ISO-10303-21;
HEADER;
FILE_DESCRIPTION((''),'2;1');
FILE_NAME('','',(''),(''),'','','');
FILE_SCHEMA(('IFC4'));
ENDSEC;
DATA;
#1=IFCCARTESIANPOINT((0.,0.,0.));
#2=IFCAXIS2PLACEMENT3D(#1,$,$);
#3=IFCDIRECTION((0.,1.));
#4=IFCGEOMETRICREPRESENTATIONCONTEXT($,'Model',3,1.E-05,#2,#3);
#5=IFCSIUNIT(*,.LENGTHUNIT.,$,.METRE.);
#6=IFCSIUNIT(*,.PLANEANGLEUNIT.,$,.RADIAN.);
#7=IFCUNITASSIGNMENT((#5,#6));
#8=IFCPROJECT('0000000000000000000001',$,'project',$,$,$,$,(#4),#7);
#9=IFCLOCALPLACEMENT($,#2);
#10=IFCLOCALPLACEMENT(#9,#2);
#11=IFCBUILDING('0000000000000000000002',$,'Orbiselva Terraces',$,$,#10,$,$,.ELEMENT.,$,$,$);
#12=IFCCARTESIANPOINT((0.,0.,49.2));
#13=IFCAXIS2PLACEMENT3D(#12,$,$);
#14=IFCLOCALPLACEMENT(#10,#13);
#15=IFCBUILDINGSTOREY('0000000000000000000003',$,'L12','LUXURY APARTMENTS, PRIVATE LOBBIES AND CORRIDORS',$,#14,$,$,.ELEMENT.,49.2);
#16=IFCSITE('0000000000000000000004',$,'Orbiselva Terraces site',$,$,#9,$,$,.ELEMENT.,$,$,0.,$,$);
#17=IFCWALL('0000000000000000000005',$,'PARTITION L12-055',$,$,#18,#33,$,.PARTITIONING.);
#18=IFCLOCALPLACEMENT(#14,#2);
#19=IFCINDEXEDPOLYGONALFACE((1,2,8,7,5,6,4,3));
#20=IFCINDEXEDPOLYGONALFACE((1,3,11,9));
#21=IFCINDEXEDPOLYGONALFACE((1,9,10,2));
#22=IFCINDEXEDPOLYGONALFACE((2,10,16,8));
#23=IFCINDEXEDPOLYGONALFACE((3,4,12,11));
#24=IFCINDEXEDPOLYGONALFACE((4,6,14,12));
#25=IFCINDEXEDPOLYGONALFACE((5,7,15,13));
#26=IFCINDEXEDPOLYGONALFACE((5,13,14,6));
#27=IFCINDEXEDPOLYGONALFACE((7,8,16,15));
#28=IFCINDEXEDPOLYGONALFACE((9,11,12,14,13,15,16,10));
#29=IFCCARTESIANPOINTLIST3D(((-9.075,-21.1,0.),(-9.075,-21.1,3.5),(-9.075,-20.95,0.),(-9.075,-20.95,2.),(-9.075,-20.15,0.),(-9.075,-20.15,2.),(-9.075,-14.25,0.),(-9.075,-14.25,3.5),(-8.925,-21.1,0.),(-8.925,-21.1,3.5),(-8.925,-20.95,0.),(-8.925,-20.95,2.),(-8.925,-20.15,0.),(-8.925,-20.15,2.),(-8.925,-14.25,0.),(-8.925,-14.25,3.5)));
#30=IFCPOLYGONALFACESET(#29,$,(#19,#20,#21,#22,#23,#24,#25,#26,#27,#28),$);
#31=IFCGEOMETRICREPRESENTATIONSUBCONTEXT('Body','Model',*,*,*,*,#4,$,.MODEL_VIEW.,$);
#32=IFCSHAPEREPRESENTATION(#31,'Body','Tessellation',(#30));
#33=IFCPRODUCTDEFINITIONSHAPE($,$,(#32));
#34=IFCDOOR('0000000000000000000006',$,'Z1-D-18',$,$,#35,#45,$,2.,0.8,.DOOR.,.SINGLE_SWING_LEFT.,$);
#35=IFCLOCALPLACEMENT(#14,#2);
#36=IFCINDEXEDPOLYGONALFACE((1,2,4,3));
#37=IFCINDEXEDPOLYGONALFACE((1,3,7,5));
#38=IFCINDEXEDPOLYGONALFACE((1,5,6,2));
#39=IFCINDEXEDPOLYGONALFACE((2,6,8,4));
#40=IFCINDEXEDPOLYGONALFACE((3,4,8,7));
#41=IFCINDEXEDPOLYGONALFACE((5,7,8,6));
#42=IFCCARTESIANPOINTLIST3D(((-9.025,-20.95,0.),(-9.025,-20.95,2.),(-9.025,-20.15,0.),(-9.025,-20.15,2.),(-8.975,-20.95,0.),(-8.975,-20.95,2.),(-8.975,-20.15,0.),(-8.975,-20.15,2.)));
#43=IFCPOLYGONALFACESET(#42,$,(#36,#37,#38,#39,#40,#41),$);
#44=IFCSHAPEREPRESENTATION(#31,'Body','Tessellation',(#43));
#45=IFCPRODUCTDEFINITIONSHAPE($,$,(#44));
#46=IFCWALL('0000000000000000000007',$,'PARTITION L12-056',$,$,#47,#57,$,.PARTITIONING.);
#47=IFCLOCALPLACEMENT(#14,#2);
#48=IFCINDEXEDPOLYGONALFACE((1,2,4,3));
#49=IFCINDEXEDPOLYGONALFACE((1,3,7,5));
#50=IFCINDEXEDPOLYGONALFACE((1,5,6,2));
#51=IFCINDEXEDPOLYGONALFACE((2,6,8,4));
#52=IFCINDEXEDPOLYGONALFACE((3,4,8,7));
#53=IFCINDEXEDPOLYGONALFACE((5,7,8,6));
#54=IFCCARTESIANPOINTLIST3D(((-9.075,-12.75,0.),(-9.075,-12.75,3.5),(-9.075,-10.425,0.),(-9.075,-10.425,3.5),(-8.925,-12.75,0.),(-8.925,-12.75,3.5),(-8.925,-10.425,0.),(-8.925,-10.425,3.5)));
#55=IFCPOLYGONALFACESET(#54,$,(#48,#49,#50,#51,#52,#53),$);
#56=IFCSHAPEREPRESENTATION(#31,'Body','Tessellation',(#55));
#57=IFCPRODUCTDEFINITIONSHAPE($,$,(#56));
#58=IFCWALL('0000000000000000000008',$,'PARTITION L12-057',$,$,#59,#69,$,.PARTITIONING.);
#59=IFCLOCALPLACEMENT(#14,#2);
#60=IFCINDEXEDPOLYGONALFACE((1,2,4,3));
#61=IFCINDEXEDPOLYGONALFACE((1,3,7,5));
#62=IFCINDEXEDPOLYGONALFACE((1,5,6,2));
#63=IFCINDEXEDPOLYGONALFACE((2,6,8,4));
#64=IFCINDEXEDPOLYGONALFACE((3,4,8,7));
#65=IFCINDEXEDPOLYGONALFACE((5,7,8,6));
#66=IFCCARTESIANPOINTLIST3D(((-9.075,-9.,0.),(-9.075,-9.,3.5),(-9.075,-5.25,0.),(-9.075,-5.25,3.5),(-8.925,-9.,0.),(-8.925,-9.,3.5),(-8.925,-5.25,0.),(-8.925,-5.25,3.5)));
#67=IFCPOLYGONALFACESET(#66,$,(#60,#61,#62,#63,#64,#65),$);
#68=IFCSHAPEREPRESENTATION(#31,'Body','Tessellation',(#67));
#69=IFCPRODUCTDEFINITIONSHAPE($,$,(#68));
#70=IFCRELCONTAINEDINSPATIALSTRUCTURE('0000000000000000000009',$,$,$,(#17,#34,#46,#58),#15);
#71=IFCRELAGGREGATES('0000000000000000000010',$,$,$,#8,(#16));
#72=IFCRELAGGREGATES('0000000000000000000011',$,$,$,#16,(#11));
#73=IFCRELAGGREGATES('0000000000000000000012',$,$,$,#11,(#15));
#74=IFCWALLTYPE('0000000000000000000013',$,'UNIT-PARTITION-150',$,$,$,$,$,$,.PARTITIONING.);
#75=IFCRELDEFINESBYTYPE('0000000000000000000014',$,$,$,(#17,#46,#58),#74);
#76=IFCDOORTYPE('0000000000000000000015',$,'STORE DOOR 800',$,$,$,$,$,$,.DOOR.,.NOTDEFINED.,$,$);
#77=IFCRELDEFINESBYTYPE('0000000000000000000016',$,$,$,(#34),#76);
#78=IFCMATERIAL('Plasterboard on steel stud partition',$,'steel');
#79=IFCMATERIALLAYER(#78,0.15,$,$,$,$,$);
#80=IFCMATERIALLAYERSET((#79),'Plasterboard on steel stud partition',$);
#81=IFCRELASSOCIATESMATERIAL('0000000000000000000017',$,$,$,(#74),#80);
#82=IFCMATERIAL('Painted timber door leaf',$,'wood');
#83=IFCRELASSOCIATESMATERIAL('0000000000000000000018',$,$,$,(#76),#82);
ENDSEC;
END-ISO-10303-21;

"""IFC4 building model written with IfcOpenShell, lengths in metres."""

from ifc_helpers import new_model, si_unit, direction, frame, frame_2d, origin, place, context, subcontext, project, spatial, rectangle, extrude, material, layer, layer_set, type_object, element, fill, save


model = new_model("IFC4")

# Units and contexts
model_context = context("Model", 3, precision=1e-05, world=origin(), true_north=direction((0.0, 1.0)))
body_context = subcontext(model_context, "Body", "Model", "MODEL_VIEW")
ifc_project = project(units=[si_unit("LENGTHUNIT", "METRE"), si_unit("PLANEANGLEUNIT", "RADIAN")], contexts=[model_context])

# Site, building, storey
site_placement = place(None, origin())
site = spatial("IfcSite", under=ifc_project, at=site_placement, Name="Orbiselva Terraces site", CompositionType="ELEMENT", RefElevation=0.0)
building_placement = place(site_placement, origin())
building = spatial("IfcBuilding", under=site, at=building_placement, Name="Orbiselva Terraces", CompositionType="ELEMENT")
storey_placement = place(building_placement, frame((0.0, 0.0, 49.2)))
storey = spatial("IfcBuildingStorey", under=building, at=storey_placement, Name="L12", Description="LUXURY APARTMENTS, PRIVATE LOBBIES AND CORRIDORS", CompositionType="ELEMENT", Elevation=49.2)

# Shared definitions
ifc_material_1 = material(Name="Plasterboard on steel stud partition", Category="steel")
ifc_material_2 = material(Name="Painted timber door leaf", Category="wood")

# Shared definitions
ifc_layer_1 = layer(ifc_material_1, 0.15)
ifc_layer_set_1 = layer_set([ifc_layer_1], Name="Plasterboard on steel stud partition")
wall_type_1 = type_object("IfcWallType", Name="UNIT-PARTITION-150", PredefinedType="PARTITIONING", material=ifc_layer_set_1)

# Wall, opening, door
wall_1_placement = place(storey_placement, frame((-9.0, -21.1, 0.0), z_axis=(0.0, 0.0, 1.0), x_axis=(0.0, 1.0, 0.0)))
wall_1 = element("IfcWall", 1, at=wall_1_placement, inside=storey, type_object=wall_type_1, Name="PARTITION L12-055", PredefinedType="PARTITIONING", context=body_context, shape_type="SweptSolid", body=[
    extrude(rectangle(XDim=6.85, YDim=0.15, at=frame_2d((3.425, 0.0))), origin(), (0.0, 0.0, 1.0), 3.5),
])
opening_1_placement = place(wall_1_placement, frame((0.15, 0.0, 0.0)))
opening_1 = element("IfcOpeningElement", 2, at=opening_1_placement, cuts=wall_1, PredefinedType="OPENING", context=body_context, shape_type="SweptSolid", body=[
    extrude(rectangle(XDim=0.8, YDim=2.0, at=frame_2d((0.4, 1.0))), frame((0.0, 0.085, 0.0), z_axis=(0.0, -1.0, 0.0), x_axis=(1.0, 0.0, 0.0)), (0.0, 0.0, 1.0), 0.17),
])
door_type_1 = type_object("IfcDoorType", Name="STORE DOOR 800", OperationType="NOTDEFINED", PredefinedType="DOOR", material=ifc_material_2)
door_1_placement = place(opening_1_placement, origin())
door_1 = element("IfcDoor", 3, at=door_1_placement, inside=storey, type_object=door_type_1, Name="Z1-D-18", OperationType="SINGLE_SWING_LEFT", OverallHeight=2.0, OverallWidth=0.8, PredefinedType="DOOR", context=body_context, shape_type="SweptSolid", body=[
    extrude(rectangle(XDim=0.8, YDim=2.0, at=frame_2d((0.4, 1.0))), frame((0.0, 0.025, 0.0), z_axis=(0.0, -1.0, 0.0), x_axis=(1.0, 0.0, 0.0)), (0.0, 0.0, 1.0), 0.05),
])
fill(opening_1, door_1)

# Walls
wall_2_placement = place(storey_placement, frame((-9.0, -12.75, 0.0), z_axis=(0.0, 0.0, 1.0), x_axis=(0.0, 1.0, 0.0)))
element("IfcWall", 4, at=wall_2_placement, inside=storey, type_object=wall_type_1, Name="PARTITION L12-056", PredefinedType="PARTITIONING", context=body_context, shape_type="SweptSolid", body=[
    extrude(rectangle(XDim=2.325, YDim=0.15, at=frame_2d((1.1625, 0.0))), origin(), (0.0, 0.0, 1.0), 3.5),
])
wall_3_placement = place(storey_placement, frame((-9.0, -9.0, 0.0), z_axis=(0.0, 0.0, 1.0), x_axis=(0.0, 1.0, 0.0)))
element("IfcWall", 5, at=wall_3_placement, inside=storey, type_object=wall_type_1, Name="PARTITION L12-057", PredefinedType="PARTITIONING", context=body_context, shape_type="SweptSolid", body=[
    extrude(rectangle(XDim=3.75, YDim=0.15, at=frame_2d((1.875, 0.0))), origin(), (0.0, 0.0, 1.0), 3.5),
])

save(model, "model.ifc")
